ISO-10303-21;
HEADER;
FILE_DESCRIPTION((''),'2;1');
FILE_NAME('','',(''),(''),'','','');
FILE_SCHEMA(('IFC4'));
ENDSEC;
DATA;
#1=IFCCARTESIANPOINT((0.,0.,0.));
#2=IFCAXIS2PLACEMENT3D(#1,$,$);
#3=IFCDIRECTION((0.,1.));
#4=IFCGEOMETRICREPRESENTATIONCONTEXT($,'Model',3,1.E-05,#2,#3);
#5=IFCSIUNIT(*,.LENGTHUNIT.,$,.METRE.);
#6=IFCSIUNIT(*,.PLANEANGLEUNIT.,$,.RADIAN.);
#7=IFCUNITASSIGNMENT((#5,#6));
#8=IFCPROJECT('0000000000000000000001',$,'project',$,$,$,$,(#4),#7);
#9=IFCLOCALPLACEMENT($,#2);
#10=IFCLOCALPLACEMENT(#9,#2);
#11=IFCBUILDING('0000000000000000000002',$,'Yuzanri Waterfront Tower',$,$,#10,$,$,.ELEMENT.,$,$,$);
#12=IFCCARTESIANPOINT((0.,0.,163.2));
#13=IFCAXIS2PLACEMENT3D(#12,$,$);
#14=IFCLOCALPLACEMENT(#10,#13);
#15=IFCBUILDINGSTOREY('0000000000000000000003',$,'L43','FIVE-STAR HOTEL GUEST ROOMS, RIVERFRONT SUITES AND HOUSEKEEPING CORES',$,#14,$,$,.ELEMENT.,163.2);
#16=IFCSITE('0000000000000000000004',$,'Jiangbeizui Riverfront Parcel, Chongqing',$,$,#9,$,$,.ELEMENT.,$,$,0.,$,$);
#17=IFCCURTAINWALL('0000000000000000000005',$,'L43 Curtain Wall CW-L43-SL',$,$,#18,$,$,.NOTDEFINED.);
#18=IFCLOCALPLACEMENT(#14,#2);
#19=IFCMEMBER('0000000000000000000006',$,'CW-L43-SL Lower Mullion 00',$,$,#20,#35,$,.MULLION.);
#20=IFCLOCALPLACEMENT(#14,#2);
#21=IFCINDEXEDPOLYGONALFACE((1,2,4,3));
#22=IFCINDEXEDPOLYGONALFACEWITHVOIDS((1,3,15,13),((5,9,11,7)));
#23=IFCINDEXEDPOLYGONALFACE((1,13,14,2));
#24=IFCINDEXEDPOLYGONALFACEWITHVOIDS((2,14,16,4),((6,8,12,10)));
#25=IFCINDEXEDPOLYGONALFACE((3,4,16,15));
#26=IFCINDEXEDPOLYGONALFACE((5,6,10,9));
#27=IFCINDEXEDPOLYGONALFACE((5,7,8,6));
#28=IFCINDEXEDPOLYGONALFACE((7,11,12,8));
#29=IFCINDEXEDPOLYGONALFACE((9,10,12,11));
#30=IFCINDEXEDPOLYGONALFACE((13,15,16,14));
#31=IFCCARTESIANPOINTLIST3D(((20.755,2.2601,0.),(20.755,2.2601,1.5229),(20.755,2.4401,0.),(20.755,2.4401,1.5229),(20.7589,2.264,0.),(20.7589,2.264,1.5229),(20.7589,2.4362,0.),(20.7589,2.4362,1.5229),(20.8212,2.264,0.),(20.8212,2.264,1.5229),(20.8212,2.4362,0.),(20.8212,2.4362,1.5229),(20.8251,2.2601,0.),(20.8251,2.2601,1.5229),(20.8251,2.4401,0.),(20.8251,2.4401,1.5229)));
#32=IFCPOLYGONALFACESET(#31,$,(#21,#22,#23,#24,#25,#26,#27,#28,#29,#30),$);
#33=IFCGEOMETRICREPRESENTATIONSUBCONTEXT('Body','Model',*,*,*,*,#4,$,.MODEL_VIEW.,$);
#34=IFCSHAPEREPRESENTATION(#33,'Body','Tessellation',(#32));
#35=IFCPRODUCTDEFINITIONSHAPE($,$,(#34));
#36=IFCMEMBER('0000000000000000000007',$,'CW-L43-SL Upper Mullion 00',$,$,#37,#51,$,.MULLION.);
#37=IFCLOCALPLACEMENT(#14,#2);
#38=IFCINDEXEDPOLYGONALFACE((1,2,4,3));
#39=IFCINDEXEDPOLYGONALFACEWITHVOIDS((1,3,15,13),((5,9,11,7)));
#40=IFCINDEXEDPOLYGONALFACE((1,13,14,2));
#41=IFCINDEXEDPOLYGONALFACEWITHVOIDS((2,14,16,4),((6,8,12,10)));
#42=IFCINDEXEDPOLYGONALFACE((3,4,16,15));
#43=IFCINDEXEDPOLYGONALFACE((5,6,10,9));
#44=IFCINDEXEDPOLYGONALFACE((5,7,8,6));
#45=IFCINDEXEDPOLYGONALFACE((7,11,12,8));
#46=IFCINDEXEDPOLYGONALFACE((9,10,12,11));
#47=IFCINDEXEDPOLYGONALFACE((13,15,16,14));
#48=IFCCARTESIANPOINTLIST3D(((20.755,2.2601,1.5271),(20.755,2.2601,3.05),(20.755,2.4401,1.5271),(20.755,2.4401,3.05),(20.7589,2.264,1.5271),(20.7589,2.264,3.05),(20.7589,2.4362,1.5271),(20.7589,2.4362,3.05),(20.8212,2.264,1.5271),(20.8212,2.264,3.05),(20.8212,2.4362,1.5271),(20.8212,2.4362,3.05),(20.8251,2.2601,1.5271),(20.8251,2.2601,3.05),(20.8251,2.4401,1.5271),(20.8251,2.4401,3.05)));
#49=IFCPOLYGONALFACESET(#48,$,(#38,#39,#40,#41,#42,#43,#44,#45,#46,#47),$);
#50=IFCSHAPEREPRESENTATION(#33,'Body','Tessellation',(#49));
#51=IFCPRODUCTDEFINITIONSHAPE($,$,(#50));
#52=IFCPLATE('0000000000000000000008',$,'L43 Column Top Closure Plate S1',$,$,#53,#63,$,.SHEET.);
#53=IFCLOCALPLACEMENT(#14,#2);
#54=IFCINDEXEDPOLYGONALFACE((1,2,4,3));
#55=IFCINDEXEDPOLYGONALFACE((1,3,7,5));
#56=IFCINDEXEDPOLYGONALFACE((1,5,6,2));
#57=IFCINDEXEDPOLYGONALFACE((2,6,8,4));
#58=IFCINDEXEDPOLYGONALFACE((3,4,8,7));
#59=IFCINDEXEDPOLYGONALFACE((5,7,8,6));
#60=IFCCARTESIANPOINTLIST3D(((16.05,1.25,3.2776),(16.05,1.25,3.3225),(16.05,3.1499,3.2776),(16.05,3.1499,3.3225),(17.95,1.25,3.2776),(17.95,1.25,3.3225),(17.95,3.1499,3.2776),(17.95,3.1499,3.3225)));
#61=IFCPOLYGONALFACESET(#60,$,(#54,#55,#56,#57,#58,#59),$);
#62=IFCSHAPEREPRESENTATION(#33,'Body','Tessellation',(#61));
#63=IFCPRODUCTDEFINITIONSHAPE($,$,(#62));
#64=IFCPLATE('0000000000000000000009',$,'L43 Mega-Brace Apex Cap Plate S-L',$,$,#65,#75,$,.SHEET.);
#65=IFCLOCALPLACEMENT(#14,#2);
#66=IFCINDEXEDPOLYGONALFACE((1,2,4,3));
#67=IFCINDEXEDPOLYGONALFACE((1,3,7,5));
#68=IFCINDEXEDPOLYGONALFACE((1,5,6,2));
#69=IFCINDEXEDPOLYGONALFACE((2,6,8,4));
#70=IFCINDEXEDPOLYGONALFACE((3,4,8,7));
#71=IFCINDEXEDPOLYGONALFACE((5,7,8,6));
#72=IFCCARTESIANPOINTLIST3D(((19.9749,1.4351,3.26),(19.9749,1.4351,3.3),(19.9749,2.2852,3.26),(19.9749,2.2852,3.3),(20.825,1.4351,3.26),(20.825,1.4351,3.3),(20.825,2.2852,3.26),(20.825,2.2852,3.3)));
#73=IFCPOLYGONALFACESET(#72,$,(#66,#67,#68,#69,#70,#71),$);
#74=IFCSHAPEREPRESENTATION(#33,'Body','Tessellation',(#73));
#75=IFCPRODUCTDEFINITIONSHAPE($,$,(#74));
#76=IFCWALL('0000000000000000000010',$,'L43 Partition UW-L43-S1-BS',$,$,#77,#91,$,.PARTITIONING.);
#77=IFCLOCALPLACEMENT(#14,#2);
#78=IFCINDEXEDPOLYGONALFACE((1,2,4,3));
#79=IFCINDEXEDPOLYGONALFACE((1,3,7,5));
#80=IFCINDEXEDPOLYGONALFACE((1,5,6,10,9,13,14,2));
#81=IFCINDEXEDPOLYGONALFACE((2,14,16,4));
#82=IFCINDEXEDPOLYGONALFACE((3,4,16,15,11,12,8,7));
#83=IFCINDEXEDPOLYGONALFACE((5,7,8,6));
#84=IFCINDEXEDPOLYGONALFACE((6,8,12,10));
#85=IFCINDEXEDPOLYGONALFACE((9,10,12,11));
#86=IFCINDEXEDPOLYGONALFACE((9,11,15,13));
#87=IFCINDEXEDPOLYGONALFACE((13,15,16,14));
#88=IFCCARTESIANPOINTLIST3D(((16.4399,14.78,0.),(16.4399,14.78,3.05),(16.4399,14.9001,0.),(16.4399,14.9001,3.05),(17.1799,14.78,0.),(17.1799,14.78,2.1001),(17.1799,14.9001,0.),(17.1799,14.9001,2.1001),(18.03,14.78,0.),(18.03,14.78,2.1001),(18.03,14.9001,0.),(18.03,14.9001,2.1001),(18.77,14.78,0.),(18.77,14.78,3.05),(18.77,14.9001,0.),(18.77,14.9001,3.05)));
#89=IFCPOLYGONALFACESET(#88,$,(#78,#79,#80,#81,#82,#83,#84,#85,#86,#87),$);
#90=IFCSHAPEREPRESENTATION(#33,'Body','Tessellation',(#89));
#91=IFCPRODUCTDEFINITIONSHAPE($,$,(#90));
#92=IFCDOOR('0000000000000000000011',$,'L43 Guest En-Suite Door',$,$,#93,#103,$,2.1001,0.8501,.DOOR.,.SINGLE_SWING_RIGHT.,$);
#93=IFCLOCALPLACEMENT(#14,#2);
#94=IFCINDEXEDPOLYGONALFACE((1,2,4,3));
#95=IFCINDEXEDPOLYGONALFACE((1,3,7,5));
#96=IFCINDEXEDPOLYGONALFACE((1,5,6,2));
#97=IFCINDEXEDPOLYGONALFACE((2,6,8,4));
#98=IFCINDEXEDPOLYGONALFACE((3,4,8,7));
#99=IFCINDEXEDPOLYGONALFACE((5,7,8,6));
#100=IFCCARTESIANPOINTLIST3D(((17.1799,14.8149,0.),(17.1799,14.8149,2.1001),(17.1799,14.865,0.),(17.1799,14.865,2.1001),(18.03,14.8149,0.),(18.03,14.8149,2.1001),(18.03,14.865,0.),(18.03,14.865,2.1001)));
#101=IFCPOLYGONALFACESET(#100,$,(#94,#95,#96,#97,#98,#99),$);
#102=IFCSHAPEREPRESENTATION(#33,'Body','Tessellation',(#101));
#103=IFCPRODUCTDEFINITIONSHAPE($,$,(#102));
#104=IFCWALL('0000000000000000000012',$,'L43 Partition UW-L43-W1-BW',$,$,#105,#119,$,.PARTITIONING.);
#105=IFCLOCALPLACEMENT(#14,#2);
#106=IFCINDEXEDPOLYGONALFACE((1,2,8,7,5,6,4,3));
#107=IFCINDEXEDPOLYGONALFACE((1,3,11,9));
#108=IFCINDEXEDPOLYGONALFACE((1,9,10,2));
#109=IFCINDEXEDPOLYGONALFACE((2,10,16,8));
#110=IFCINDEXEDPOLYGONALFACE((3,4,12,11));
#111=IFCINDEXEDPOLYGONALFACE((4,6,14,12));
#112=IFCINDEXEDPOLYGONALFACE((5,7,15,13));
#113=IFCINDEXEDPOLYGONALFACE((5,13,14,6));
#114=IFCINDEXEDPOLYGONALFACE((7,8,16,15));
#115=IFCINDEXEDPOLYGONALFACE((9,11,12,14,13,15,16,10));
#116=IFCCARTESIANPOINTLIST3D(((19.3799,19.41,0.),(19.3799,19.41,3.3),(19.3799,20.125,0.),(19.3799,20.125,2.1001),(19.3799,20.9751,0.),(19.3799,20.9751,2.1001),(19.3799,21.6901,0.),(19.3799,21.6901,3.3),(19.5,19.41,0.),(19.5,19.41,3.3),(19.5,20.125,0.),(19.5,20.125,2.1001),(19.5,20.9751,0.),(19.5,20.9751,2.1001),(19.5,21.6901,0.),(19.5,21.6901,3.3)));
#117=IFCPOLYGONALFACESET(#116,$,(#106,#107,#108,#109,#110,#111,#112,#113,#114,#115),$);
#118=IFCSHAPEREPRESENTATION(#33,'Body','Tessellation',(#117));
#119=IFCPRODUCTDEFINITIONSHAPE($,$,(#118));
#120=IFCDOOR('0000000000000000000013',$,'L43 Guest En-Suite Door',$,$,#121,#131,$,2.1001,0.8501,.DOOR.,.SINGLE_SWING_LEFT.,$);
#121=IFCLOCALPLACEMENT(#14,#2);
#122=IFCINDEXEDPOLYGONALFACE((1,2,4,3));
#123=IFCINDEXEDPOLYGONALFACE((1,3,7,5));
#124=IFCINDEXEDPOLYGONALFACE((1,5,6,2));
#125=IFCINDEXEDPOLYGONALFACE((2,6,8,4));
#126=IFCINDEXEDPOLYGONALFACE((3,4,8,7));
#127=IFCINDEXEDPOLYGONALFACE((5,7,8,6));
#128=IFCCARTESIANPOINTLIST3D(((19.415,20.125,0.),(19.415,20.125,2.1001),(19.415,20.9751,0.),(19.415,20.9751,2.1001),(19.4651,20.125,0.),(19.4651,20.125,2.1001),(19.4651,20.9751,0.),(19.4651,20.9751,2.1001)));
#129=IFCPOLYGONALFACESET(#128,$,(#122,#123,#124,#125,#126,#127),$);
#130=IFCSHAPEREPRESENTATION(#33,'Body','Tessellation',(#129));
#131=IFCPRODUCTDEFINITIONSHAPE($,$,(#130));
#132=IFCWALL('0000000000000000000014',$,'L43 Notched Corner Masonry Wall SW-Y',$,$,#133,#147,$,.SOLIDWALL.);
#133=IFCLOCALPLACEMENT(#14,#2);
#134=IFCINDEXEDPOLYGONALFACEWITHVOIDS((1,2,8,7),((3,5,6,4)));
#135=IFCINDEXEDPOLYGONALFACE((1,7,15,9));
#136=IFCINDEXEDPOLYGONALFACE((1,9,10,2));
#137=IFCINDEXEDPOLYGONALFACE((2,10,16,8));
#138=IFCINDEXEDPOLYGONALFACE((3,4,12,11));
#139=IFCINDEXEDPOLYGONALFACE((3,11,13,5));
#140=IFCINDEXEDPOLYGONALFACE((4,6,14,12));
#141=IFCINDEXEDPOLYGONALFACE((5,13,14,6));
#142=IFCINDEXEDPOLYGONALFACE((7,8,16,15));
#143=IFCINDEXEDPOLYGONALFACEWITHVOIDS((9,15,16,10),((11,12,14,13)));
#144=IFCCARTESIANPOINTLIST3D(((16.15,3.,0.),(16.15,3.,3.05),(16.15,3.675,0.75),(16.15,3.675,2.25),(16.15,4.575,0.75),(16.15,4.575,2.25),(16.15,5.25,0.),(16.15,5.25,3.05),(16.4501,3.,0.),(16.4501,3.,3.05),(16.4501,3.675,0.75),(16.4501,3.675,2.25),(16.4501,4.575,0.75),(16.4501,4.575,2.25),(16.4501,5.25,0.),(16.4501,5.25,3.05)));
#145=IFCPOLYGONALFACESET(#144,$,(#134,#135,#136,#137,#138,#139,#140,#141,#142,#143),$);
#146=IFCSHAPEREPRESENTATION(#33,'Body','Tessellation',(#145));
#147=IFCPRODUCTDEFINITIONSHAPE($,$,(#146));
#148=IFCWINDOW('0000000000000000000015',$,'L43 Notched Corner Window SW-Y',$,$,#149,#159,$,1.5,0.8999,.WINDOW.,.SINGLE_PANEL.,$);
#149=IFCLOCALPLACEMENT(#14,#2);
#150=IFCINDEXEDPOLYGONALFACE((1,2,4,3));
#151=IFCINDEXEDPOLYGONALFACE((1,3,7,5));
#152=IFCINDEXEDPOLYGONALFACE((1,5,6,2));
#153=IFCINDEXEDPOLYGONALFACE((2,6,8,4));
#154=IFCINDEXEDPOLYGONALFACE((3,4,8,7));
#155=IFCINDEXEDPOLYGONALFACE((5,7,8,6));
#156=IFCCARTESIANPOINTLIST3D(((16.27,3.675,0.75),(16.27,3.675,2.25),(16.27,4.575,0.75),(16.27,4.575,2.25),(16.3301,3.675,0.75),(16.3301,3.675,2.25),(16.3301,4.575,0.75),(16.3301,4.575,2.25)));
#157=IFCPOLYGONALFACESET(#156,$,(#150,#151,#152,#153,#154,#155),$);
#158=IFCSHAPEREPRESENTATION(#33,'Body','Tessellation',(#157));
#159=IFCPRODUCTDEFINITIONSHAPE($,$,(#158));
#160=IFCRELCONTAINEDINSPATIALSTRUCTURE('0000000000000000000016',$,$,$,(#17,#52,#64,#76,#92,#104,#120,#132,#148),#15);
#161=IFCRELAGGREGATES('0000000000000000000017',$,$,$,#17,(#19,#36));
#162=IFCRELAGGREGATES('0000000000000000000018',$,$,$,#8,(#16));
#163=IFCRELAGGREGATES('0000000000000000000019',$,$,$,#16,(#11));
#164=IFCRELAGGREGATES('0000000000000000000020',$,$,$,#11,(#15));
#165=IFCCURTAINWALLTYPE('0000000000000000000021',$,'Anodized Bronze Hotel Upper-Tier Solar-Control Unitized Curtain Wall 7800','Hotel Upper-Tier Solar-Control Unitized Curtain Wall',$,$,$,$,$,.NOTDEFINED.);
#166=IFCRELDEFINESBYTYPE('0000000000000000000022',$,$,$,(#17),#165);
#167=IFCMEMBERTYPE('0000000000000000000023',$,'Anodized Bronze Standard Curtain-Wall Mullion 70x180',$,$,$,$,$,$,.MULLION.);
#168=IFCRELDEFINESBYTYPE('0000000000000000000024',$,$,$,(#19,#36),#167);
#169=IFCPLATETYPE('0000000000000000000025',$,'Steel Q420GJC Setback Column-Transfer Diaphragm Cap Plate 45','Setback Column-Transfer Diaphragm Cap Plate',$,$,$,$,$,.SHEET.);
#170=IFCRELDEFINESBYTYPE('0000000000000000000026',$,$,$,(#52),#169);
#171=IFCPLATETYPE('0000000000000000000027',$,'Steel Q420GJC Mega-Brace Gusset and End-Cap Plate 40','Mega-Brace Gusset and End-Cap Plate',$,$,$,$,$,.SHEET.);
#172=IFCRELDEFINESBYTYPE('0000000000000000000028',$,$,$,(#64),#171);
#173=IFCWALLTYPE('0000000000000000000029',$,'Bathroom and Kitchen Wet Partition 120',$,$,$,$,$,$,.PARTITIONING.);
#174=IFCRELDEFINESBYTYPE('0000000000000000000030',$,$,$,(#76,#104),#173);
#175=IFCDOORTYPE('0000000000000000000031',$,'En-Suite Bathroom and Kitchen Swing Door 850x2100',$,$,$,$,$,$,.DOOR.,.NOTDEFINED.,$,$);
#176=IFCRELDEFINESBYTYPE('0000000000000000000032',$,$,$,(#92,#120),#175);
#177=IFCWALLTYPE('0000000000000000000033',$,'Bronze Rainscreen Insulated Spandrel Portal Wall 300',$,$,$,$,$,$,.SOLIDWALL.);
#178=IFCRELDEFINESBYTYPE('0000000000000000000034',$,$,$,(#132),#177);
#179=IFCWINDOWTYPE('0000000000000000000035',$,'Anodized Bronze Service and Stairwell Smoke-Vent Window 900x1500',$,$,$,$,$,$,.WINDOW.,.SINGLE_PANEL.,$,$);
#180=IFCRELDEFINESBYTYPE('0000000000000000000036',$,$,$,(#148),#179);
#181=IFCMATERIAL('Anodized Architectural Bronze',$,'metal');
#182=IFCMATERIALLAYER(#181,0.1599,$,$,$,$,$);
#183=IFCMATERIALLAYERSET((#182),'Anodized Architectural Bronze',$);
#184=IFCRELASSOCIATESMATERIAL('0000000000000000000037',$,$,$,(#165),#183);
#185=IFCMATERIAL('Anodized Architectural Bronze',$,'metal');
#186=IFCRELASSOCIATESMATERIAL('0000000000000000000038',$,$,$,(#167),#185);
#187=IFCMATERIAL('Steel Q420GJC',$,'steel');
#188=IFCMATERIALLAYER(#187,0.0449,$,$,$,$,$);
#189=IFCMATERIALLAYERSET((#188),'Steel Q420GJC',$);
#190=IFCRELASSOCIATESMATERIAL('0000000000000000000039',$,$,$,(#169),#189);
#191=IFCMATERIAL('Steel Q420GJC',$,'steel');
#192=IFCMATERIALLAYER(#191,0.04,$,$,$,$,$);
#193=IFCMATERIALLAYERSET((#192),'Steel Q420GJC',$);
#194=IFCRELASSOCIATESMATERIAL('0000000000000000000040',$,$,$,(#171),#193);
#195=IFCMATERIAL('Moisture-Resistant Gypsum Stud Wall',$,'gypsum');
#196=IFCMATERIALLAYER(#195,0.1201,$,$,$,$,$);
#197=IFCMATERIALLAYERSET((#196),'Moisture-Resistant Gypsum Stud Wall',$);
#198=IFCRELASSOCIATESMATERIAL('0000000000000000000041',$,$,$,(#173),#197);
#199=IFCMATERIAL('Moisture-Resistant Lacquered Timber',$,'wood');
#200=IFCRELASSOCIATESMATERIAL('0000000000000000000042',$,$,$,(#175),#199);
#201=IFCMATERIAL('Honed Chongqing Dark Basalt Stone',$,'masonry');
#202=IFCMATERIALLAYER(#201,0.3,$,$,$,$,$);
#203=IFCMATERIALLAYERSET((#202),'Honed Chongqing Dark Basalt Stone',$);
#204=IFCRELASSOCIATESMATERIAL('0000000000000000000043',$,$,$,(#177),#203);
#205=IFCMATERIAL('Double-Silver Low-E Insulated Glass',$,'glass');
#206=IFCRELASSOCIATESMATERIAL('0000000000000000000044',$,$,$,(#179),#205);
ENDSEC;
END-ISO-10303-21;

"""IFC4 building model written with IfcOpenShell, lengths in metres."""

from ifc_helpers import new_model, si_unit, direction, frame, frame_2d, origin, origin_2d, place, context, subcontext, project, spatial, rectangle, hollow_rectangle, extrude, source, transform, mapped, material, layer, layer_set, material_profile, profile_set, type_object, element, fill, aggregate, save


model = new_model("IFC4")

# Units and contexts
model_context = context("Model", 3, precision=1e-05, world=origin(), true_north=direction((0.0, 1.0)))
body_context = subcontext(model_context, "Body", "Model", "MODEL_VIEW")
ifc_project = project(units=[si_unit("LENGTHUNIT", "METRE"), si_unit("PLANEANGLEUNIT", "RADIAN")], contexts=[model_context])

# Site, building, storey
site_placement = place(None, origin())
site = spatial("IfcSite", under=ifc_project, at=site_placement, Name="Jiangbeizui Riverfront Parcel, Chongqing", CompositionType="ELEMENT", RefElevation=0.0)
building_placement = place(site_placement, origin())
building = spatial("IfcBuilding", under=site, at=building_placement, Name="Yuzanri Waterfront Tower", CompositionType="ELEMENT")
storey_placement = place(building_placement, frame((0.0, 0.0, 163.2)))
storey = spatial("IfcBuildingStorey", under=building, at=storey_placement, Name="L43", Description="FIVE-STAR HOTEL GUEST ROOMS, RIVERFRONT SUITES AND HOUSEKEEPING CORES", CompositionType="ELEMENT", Elevation=163.2)

# Curtain wall, members
ifc_material_1 = material(Name="Anodized Architectural Bronze", Category="metal")
ifc_layer_1 = layer(ifc_material_1, 0.1599)
ifc_layer_set_1 = layer_set([ifc_layer_1], Name="Anodized Architectural Bronze")
curtain_wall_type = type_object("IfcCurtainWallType", Name="Anodized Bronze Hotel Upper-Tier Solar-Control Unitized Curtain Wall 7800", Description="Hotel Upper-Tier Solar-Control Unitized Curtain Wall", PredefinedType="NOTDEFINED", material=ifc_layer_set_1)
curtain_wall_placement = place(storey_placement, origin())
curtain_wall = element("IfcCurtainWall", 1, at=curtain_wall_placement, inside=storey, type_object=curtain_wall_type, Name="L43 Curtain Wall CW-L43-SL", PredefinedType="NOTDEFINED")
ifc_material_2 = material(Name="Anodized Architectural Bronze", Category="metal")
ifc_material_profile_1 = material_profile(ifc_material_2, hollow_rectangle(XDim=0.0701, YDim=0.1799, WallThickness=0.0039, at=origin_2d()), Name="CWM 70x180")
ifc_profile_set_1 = profile_set([ifc_material_profile_1], Name="Anodized Architectural Bronze")
member_type_1 = type_object("IfcMemberType", Name="Anodized Bronze Standard Curtain-Wall Mullion 70x180", PredefinedType="MULLION", material=ifc_profile_set_1)
shared_shape_1 = source(origin(), body_context, "Body", "SweptSolid", [
    extrude(hollow_rectangle(XDim=0.0701, YDim=0.1799, WallThickness=0.0039, at=origin_2d()), origin(), (0.0, 0.0, 1.0), 1.5229),
])
member_1_placement = place(storey_placement, frame((20.79, 2.3501, 0.0), z_axis=(0.0, 0.0, 1.0), x_axis=(1.0, 0.0, 0.0)))
member_1 = element("IfcMember", 2, at=member_1_placement, type_object=member_type_1, Name="CW-L43-SL Lower Mullion 00", PredefinedType="MULLION", context=body_context, shape_type="MappedRepresentation", body=[
    mapped(shared_shape_1, transform((0.0, 0.0, 0.0), scale=1.0)),
])
member_2_placement = place(storey_placement, frame((20.79, 2.3501, 1.5271), z_axis=(0.0, 0.0, 1.0), x_axis=(1.0, 0.0, 0.0)))
member_2 = element("IfcMember", 3, at=member_2_placement, type_object=member_type_1, Name="CW-L43-SL Upper Mullion 00", PredefinedType="MULLION", context=body_context, shape_type="MappedRepresentation", body=[
    mapped(shared_shape_1, transform((0.0, 0.0, 0.0), scale=1.0)),
])
aggregate(curtain_wall, [member_1, member_2])

# Plates
ifc_material_3 = material(Name="Steel Q420GJC", Category="steel")
ifc_layer_2 = layer(ifc_material_3, 0.0449)
ifc_layer_set_2 = layer_set([ifc_layer_2], Name="Steel Q420GJC")
plate_type_1 = type_object("IfcPlateType", Name="Steel Q420GJC Setback Column-Transfer Diaphragm Cap Plate 45", Description="Setback Column-Transfer Diaphragm Cap Plate", PredefinedType="SHEET", material=ifc_layer_set_2)
shared_shape_2 = source(origin(), body_context, "Body", "SweptSolid", [
    extrude(rectangle(XDim=1.8999, YDim=1.8999, at=origin_2d()), origin(), (0.0, 0.0, 1.0), 0.0449),
])
plate_1_placement = place(storey_placement, frame((17.0, 2.2, 3.2776), z_axis=(0.0, 0.0, 1.0), x_axis=(1.0, 0.0, 0.0)))
element("IfcPlate", 4, at=plate_1_placement, inside=storey, type_object=plate_type_1, Name="L43 Column Top Closure Plate S1", PredefinedType="SHEET", context=body_context, shape_type="MappedRepresentation", body=[
    mapped(shared_shape_2, transform((0.0, 0.0, 0.0), scale=1.0)),
])
ifc_material_4 = material(Name="Steel Q420GJC", Category="steel")
ifc_layer_3 = layer(ifc_material_4, 0.04)
ifc_layer_set_3 = layer_set([ifc_layer_3], Name="Steel Q420GJC")
plate_type_2 = type_object("IfcPlateType", Name="Steel Q420GJC Mega-Brace Gusset and End-Cap Plate 40", Description="Mega-Brace Gusset and End-Cap Plate", PredefinedType="SHEET", material=ifc_layer_set_3)
shared_shape_3 = source(origin(), body_context, "Body", "SweptSolid", [
    extrude(rectangle(XDim=0.8501, YDim=0.8501, at=origin_2d()), origin(), (0.0, 0.0, 1.0), 0.04),
])
plate_2_placement = place(storey_placement, frame((20.3999, 1.8601, 3.26), z_axis=(0.0, 0.0, 1.0), x_axis=(1.0, 0.0, 0.0)))
element("IfcPlate", 5, at=plate_2_placement, inside=storey, type_object=plate_type_2, Name="L43 Mega-Brace Apex Cap Plate S-L", PredefinedType="SHEET", context=body_context, shape_type="MappedRepresentation", body=[
    mapped(shared_shape_3, transform((0.0, 0.0, 0.0), scale=1.0)),
])

# Walls, openings, doors
ifc_material_5 = material(Name="Moisture-Resistant Gypsum Stud Wall", Category="gypsum")
ifc_layer_4 = layer(ifc_material_5, 0.1201)
ifc_layer_set_4 = layer_set([ifc_layer_4], Name="Moisture-Resistant Gypsum Stud Wall")
wall_type_1 = type_object("IfcWallType", Name="Bathroom and Kitchen Wet Partition 120", PredefinedType="PARTITIONING", material=ifc_layer_set_4)
wall_1_placement = place(storey_placement, frame((16.4399, 14.8401, 0.0), z_axis=(0.0, 0.0, 1.0), x_axis=(1.0, 0.0, 0.0)))
wall_1 = element("IfcWall", 6, at=wall_1_placement, inside=storey, type_object=wall_type_1, Name="L43 Partition UW-L43-S1-BS", PredefinedType="PARTITIONING", context=body_context, shape_type="SweptSolid", body=[
    extrude(rectangle(XDim=2.3301, YDim=0.1201, at=frame_2d((1.165, 0.0))), origin(), (0.0, 0.0, 1.0), 3.05),
])
opening_1_placement = place(wall_1_placement, frame((0.74, 0.0, 0.0)))
opening_1 = element("IfcOpeningElement", 7, at=opening_1_placement, cuts=wall_1, PredefinedType="OPENING", context=body_context, shape_type="SweptSolid", body=[
    extrude(rectangle(XDim=0.8501, YDim=2.1001, at=frame_2d((0.425, 1.05))), frame((0.0, 0.075, 0.0), z_axis=(0.0, -1.0, 0.0), x_axis=(1.0, 0.0, 0.0)), (0.0, 0.0, 1.0), 0.1499),
])
ifc_material_6 = material(Name="Moisture-Resistant Lacquered Timber", Category="wood")
door_type_1 = type_object("IfcDoorType", Name="En-Suite Bathroom and Kitchen Swing Door 850x2100", OperationType="NOTDEFINED", PredefinedType="DOOR", material=ifc_material_6)
shared_shape_4 = source(origin(), body_context, "Body", "SweptSolid", [
    extrude(rectangle(XDim=0.8501, YDim=2.1001, at=frame_2d((0.425, 1.05))), frame((0.0, 0.0249, 0.0), z_axis=(0.0, -1.0, 0.0), x_axis=(1.0, 0.0, 0.0)), (0.0, 0.0, 1.0), 0.05),
])
door_1_placement = place(opening_1_placement, origin())
door_1 = element("IfcDoor", 8, at=door_1_placement, inside=storey, type_object=door_type_1, Name="L43 Guest En-Suite Door", OperationType="SINGLE_SWING_RIGHT", OverallHeight=2.1001, OverallWidth=0.8501, PredefinedType="DOOR", context=body_context, shape_type="MappedRepresentation", body=[
    mapped(shared_shape_4, transform((0.0, 0.0, 0.0), scale=1.0)),
])
fill(opening_1, door_1)
wall_2_placement = place(storey_placement, frame((19.4399, 19.4099, 0.0), z_axis=(0.0, 0.0, 1.0), x_axis=(0.0, 1.0, 0.0)))
wall_2 = element("IfcWall", 9, at=wall_2_placement, inside=storey, type_object=wall_type_1, Name="L43 Partition UW-L43-W1-BW", PredefinedType="PARTITIONING", context=body_context, shape_type="SweptSolid", body=[
    extrude(rectangle(XDim=2.28, YDim=0.1201, at=frame_2d((1.1401, 0.0))), origin(), (0.0, 0.0, 1.0), 3.3),
])
opening_2_placement = place(wall_2_placement, frame((0.7151, 0.0, 0.0)))
opening_2 = element("IfcOpeningElement", 10, at=opening_2_placement, cuts=wall_2, PredefinedType="OPENING", context=body_context, shape_type="SweptSolid", body=[
    extrude(rectangle(XDim=0.8501, YDim=2.1001, at=frame_2d((0.425, 1.05))), frame((0.0, 0.075, 0.0), z_axis=(0.0, -1.0, 0.0), x_axis=(1.0, 0.0, 0.0)), (0.0, 0.0, 1.0), 0.1499),
])
door_2_placement = place(opening_2_placement, origin())
door_2 = element("IfcDoor", 11, at=door_2_placement, inside=storey, type_object=door_type_1, Name="L43 Guest En-Suite Door", OperationType="SINGLE_SWING_LEFT", OverallHeight=2.1001, OverallWidth=0.8501, PredefinedType="DOOR", context=body_context, shape_type="MappedRepresentation", body=[
    mapped(shared_shape_4, transform((0.0, 0.0, 0.0), scale=1.0)),
])
fill(opening_2, door_2)

# Wall, opening, window
ifc_material_7 = material(Name="Honed Chongqing Dark Basalt Stone", Category="masonry")
ifc_layer_5 = layer(ifc_material_7, 0.3)
ifc_layer_set_5 = layer_set([ifc_layer_5], Name="Honed Chongqing Dark Basalt Stone")
wall_type_2 = type_object("IfcWallType", Name="Bronze Rainscreen Insulated Spandrel Portal Wall 300", PredefinedType="SOLIDWALL", material=ifc_layer_set_5)
wall_3_placement = place(storey_placement, frame((16.3, 5.25, 0.0), z_axis=(0.0, 0.0, 1.0), x_axis=(0.0, -1.0, 0.0)))
wall_3 = element("IfcWall", 12, at=wall_3_placement, inside=storey, type_object=wall_type_2, Name="L43 Notched Corner Masonry Wall SW-Y", PredefinedType="SOLIDWALL", context=body_context, shape_type="SweptSolid", body=[
    extrude(rectangle(XDim=2.25, YDim=0.3, at=frame_2d((1.125, 0.0))), origin(), (0.0, 0.0, 1.0), 3.05),
])
opening_3_placement = place(wall_3_placement, frame((0.675, 0.0, 0.75)))
opening_3 = element("IfcOpeningElement", 13, at=opening_3_placement, cuts=wall_3, PredefinedType="OPENING", context=body_context, shape_type="SweptSolid", body=[
    extrude(rectangle(XDim=0.8999, YDim=1.5, at=frame_2d((0.45, 0.75))), frame((0.0, 0.165, 0.0), z_axis=(0.0, -1.0, 0.0), x_axis=(1.0, 0.0, 0.0)), (0.0, 0.0, 1.0), 0.3298),
])
ifc_material_8 = material(Name="Double-Silver Low-E Insulated Glass", Category="glass")
window_type = type_object("IfcWindowType", Name="Anodized Bronze Service and Stairwell Smoke-Vent Window 900x1500", PartitioningType="SINGLE_PANEL", PredefinedType="WINDOW", material=ifc_material_8)
shared_shape_5 = source(origin(), body_context, "Body", "SweptSolid", [
    extrude(rectangle(XDim=0.8999, YDim=1.5, at=frame_2d((0.45, 0.75))), frame((0.0, 0.03, 0.0), z_axis=(0.0, -1.0, 0.0), x_axis=(1.0, 0.0, 0.0)), (0.0, 0.0, 1.0), 0.0601),
])
window_placement = place(opening_3_placement, origin())
window = element("IfcWindow", 14, at=window_placement, inside=storey, type_object=window_type, Name="L43 Notched Corner Window SW-Y", OverallHeight=1.5, OverallWidth=0.8999, PartitioningType="SINGLE_PANEL", PredefinedType="WINDOW", context=body_context, shape_type="MappedRepresentation", body=[
    mapped(shared_shape_5, transform((0.0, 0.0, 0.0), scale=1.0)),
])
fill(opening_3, window)

save(model, "model.ifc")
